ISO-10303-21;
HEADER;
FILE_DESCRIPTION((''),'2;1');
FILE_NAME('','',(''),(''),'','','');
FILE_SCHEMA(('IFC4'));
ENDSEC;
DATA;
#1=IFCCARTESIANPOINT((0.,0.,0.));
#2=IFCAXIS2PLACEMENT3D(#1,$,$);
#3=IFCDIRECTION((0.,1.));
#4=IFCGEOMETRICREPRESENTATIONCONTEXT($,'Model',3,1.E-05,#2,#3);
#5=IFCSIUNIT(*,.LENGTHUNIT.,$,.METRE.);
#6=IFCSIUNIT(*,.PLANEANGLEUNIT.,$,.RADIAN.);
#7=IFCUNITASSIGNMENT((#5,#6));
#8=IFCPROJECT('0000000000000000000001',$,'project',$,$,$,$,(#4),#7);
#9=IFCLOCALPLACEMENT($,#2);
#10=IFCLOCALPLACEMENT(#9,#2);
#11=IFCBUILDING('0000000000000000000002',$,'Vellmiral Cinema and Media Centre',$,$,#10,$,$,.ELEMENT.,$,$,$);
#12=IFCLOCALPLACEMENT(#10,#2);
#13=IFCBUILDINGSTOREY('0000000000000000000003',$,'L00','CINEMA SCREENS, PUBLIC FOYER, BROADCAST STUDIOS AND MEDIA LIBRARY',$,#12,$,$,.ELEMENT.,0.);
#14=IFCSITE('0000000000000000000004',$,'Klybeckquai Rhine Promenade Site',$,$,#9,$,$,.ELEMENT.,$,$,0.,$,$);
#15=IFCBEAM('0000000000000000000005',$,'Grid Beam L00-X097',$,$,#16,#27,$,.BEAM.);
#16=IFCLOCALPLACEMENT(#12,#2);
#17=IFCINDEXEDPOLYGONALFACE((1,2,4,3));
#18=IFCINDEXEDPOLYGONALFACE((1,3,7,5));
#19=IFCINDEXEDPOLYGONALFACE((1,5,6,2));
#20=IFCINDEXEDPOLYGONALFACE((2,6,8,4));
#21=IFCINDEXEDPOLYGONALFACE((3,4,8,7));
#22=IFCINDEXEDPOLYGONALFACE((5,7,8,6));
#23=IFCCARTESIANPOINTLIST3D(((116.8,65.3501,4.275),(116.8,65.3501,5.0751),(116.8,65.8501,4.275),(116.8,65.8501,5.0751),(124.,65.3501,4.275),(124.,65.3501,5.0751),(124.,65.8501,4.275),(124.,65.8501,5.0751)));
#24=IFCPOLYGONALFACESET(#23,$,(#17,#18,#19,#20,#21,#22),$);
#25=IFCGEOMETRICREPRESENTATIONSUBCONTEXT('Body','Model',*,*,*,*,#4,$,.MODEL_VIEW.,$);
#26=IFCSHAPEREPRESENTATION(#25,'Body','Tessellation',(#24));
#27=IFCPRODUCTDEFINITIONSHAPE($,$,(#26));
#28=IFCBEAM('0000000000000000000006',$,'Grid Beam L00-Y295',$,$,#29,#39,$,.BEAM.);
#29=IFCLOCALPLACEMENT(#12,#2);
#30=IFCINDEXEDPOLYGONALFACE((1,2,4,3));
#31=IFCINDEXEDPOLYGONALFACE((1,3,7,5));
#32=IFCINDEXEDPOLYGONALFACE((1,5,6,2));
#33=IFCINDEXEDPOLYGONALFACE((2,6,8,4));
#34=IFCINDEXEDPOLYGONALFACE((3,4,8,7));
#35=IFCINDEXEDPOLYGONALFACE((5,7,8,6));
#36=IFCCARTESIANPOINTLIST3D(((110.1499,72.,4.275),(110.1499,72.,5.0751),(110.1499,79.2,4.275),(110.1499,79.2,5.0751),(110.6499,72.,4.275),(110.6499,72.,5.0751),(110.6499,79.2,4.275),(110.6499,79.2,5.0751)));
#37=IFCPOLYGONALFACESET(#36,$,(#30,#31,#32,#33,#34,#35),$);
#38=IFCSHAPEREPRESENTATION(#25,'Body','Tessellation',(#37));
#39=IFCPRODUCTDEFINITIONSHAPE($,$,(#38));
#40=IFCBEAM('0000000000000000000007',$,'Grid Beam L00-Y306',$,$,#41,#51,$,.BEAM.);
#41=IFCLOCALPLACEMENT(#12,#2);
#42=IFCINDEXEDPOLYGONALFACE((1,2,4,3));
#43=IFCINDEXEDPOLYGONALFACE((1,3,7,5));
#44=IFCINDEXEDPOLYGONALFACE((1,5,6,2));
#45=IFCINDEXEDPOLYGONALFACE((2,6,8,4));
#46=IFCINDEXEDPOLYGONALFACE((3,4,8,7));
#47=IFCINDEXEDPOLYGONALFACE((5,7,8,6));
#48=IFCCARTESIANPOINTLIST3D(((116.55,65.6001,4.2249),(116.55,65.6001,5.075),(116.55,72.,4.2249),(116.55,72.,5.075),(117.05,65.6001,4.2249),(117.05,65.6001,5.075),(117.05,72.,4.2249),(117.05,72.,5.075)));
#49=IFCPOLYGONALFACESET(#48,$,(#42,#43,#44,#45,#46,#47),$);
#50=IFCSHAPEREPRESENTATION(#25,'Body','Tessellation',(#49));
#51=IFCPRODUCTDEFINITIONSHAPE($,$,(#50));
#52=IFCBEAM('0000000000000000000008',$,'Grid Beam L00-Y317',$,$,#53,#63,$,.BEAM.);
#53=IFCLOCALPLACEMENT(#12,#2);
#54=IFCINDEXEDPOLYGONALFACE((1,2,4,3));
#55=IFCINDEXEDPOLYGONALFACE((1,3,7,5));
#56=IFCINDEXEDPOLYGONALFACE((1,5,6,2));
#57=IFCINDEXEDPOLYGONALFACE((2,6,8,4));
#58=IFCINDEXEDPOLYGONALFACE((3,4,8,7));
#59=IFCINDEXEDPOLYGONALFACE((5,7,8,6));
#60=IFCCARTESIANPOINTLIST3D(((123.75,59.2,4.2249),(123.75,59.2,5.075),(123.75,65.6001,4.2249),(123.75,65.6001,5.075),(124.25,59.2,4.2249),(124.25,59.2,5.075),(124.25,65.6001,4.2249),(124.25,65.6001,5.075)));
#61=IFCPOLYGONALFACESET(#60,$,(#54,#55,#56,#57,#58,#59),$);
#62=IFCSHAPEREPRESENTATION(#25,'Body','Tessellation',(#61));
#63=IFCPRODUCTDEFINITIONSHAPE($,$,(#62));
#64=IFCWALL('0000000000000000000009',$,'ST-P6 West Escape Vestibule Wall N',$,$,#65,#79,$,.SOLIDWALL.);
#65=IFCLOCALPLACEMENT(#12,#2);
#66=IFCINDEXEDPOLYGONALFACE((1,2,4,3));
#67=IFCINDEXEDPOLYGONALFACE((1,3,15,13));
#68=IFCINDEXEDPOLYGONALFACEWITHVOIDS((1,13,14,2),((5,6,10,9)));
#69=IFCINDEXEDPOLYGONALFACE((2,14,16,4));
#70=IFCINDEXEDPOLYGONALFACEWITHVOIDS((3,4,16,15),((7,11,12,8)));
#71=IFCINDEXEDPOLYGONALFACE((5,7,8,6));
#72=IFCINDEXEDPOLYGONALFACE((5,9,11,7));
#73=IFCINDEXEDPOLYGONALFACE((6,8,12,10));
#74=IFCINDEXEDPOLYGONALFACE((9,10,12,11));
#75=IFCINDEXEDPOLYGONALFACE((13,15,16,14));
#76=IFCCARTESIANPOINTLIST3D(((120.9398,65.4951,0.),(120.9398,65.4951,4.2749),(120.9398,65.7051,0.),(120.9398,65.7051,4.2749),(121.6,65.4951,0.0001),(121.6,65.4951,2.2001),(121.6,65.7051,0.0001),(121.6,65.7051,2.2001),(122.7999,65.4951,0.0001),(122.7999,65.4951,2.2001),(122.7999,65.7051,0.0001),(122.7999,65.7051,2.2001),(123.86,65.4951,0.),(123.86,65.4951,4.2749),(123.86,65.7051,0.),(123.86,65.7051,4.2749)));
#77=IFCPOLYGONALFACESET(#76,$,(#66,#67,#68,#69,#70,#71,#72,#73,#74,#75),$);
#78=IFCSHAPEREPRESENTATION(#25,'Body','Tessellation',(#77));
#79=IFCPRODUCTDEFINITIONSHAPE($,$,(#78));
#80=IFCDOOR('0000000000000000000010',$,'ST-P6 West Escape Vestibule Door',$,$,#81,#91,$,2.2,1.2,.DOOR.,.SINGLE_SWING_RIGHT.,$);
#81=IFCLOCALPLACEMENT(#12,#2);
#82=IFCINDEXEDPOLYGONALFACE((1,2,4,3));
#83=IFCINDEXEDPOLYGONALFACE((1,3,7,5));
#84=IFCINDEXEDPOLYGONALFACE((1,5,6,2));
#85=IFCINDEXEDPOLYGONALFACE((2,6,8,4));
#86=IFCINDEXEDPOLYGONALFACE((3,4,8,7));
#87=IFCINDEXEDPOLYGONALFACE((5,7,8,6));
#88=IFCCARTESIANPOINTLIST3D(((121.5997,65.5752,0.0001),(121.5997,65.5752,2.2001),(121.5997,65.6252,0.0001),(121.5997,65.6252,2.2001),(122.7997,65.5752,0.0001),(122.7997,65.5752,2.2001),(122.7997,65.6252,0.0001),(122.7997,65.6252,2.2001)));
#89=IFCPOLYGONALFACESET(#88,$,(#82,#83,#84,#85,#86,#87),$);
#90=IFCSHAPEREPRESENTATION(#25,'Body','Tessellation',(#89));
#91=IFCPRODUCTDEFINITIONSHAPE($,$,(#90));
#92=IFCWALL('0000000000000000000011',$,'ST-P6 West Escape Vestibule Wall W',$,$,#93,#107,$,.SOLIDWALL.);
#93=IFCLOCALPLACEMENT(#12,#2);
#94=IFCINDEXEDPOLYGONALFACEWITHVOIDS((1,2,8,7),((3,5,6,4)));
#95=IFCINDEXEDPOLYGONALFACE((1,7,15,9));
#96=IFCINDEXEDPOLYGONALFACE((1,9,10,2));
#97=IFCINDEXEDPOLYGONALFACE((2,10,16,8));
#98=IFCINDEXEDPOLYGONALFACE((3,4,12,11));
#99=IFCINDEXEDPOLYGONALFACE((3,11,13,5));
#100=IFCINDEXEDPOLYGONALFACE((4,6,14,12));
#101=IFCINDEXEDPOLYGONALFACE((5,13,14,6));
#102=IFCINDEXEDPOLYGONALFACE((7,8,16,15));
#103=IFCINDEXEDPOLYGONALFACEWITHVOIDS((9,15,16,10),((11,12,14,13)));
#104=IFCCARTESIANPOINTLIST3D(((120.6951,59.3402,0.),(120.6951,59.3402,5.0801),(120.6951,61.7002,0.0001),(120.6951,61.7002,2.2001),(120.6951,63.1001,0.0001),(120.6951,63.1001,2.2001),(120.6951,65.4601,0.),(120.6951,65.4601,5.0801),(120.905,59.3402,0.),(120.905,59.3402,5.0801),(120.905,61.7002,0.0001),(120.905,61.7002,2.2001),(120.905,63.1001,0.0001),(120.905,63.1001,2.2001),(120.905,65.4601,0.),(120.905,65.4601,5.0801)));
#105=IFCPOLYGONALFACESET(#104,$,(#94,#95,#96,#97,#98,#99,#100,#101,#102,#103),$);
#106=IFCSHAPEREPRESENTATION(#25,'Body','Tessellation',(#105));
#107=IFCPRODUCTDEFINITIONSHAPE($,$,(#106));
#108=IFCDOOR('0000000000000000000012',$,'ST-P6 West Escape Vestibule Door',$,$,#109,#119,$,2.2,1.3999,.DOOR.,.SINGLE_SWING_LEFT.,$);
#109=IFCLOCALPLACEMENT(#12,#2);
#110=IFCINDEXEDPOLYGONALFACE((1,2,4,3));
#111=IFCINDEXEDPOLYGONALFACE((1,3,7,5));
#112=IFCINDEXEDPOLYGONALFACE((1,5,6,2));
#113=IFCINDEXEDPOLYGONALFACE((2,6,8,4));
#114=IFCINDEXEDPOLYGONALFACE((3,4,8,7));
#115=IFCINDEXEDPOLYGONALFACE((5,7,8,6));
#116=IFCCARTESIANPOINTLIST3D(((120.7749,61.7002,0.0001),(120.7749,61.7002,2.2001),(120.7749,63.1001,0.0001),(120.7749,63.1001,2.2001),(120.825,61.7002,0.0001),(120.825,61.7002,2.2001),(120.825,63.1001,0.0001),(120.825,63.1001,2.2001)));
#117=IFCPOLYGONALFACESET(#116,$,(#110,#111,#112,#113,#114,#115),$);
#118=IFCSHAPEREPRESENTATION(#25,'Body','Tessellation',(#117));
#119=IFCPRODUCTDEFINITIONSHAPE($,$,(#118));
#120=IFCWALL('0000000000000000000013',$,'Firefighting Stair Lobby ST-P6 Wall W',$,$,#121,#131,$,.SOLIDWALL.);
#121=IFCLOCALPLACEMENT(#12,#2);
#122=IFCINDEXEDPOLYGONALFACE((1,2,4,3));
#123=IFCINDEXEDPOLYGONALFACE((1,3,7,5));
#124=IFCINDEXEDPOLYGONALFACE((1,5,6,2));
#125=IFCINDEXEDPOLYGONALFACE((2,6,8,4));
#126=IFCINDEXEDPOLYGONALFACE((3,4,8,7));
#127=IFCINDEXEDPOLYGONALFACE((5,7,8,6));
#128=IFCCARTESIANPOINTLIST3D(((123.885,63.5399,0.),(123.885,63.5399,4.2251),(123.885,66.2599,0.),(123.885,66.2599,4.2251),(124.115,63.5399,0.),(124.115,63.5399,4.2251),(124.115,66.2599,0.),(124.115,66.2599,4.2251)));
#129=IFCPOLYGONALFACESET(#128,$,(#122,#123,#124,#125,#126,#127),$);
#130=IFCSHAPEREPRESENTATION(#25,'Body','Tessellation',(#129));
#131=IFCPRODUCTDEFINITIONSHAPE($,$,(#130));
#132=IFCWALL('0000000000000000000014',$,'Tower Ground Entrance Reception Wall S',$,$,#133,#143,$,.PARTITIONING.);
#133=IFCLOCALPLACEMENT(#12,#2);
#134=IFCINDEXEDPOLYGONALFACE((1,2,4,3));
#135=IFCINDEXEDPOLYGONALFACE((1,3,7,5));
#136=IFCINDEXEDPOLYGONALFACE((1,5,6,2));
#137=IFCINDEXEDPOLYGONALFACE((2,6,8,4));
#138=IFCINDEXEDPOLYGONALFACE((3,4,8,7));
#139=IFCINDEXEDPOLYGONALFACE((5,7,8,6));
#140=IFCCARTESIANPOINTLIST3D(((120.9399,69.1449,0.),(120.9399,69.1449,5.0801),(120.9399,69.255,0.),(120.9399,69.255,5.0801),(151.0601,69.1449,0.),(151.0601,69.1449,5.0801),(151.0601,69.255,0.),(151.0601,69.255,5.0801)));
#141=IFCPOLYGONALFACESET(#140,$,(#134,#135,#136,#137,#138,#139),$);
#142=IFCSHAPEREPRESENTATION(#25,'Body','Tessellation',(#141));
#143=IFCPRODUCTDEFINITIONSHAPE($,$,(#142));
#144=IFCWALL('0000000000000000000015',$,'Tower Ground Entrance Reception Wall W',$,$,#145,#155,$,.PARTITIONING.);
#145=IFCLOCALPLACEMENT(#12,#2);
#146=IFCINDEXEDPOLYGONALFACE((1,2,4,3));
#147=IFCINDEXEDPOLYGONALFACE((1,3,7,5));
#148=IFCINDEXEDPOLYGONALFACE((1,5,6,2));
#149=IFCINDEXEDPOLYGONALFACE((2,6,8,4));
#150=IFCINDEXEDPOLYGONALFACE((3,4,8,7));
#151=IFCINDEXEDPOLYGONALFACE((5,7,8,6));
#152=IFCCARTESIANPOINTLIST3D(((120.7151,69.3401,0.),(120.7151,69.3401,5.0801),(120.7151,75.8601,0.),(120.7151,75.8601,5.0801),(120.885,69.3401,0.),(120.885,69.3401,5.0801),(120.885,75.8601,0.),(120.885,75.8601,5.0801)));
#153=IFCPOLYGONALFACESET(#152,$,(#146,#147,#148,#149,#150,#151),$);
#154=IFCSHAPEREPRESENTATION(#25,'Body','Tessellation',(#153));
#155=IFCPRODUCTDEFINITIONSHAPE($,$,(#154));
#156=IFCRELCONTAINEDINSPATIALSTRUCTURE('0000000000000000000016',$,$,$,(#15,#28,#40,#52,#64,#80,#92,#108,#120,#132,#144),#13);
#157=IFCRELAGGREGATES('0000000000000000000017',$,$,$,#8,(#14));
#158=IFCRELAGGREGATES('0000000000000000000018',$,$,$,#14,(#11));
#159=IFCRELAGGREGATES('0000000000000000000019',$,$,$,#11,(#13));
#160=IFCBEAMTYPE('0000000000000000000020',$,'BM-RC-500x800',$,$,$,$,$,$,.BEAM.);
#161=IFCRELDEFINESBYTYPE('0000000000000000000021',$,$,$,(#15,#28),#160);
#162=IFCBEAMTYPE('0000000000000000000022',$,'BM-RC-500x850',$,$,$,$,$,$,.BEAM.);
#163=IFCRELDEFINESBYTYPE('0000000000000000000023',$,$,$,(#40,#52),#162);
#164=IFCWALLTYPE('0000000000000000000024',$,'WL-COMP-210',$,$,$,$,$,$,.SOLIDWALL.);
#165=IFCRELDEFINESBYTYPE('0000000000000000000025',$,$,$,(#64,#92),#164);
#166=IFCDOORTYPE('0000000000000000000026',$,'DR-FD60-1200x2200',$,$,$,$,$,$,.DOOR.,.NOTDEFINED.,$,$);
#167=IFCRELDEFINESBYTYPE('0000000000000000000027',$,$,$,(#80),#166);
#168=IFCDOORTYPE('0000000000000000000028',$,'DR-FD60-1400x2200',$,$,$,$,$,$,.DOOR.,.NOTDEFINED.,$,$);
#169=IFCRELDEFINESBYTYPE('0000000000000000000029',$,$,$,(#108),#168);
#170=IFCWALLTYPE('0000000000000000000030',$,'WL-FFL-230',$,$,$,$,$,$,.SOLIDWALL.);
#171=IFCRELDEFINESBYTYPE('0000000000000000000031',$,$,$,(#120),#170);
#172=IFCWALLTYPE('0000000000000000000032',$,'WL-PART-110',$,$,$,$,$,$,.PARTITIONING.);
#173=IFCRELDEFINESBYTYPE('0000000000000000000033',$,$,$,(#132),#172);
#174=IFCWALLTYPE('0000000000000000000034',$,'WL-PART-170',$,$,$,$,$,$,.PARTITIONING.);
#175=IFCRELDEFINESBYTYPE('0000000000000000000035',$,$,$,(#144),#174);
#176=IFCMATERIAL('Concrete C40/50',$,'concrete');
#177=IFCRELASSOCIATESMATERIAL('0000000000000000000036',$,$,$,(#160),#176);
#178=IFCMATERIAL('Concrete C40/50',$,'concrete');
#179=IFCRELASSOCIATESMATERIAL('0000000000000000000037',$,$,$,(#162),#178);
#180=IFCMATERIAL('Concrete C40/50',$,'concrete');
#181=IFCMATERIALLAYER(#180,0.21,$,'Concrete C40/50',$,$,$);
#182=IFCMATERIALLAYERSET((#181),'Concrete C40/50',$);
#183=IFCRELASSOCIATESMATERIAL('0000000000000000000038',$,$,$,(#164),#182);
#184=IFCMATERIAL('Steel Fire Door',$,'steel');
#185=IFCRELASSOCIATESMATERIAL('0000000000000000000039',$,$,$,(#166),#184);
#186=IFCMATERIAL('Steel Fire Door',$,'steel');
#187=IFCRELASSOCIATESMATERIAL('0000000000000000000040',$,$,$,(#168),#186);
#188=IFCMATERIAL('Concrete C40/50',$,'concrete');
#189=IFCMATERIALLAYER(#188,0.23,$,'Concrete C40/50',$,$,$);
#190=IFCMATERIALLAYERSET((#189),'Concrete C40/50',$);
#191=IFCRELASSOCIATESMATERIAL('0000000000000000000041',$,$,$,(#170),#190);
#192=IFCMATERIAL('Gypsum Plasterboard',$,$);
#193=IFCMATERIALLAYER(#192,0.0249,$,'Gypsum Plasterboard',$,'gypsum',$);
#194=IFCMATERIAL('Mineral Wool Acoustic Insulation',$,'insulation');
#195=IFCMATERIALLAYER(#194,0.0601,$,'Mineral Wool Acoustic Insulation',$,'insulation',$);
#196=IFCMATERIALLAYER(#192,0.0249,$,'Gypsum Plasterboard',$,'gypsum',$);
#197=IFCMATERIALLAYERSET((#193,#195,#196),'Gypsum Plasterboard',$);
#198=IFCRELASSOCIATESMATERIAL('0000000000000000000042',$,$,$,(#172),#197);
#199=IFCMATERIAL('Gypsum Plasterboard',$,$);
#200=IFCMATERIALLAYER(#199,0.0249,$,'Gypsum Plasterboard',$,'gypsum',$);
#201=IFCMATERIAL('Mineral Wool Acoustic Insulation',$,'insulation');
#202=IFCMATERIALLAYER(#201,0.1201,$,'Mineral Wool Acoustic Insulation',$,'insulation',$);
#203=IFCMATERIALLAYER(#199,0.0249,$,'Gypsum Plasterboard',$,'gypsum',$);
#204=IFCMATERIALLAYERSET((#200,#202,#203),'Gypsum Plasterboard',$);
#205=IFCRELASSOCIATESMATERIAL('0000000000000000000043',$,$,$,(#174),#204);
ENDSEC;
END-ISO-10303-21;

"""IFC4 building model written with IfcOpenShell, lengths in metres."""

from ifc_helpers import new_model, si_unit, direction, frame, frame_2d, origin, origin_2d, place, context, subcontext, project, spatial, rectangle, extrude, material, layer, layer_set, material_profile, profile_set, type_object, element, fill, save


model = new_model("IFC4")

# Units and contexts
model_context = context("Model", 3, precision=1e-05, world=origin(), true_north=direction((0.0, 1.0)))
body_context = subcontext(model_context, "Body", "Model", "MODEL_VIEW")
ifc_project = project(units=[si_unit("LENGTHUNIT", "METRE"), si_unit("PLANEANGLEUNIT", "RADIAN")], contexts=[model_context])

# Site, building, storey
site_placement = place(None, origin())
site = spatial("IfcSite", under=ifc_project, at=site_placement, Name="Klybeckquai Rhine Promenade Site", CompositionType="ELEMENT", RefElevation=0.0)
building_placement = place(site_placement, origin())
building = spatial("IfcBuilding", under=site, at=building_placement, Name="Vellmiral Cinema and Media Centre", CompositionType="ELEMENT")
storey_placement = place(building_placement, origin())
storey = spatial("IfcBuildingStorey", under=building, at=storey_placement, Name="L00", Description="CINEMA SCREENS, PUBLIC FOYER, BROADCAST STUDIOS AND MEDIA LIBRARY", CompositionType="ELEMENT", Elevation=0.0)

# Beams
ifc_material_1 = material(Name="Concrete C40/50", Category="concrete")
ifc_material_profile_1 = material_profile(ifc_material_1, rectangle(XDim=0.5, YDim=0.8, at=origin_2d()), Name="RC 500x800")
ifc_profile_set_1 = profile_set([ifc_material_profile_1], Name="Concrete C40/50")
beam_type_1 = type_object("IfcBeamType", Name="BM-RC-500x800", PredefinedType="BEAM", material=ifc_profile_set_1)
for number, where, z_axis, x_axis, name in (
    (1, (116.8, 65.6001, 4.675), (1.0, 0.0, 0.0), (0.0, 1.0, 0.0), "Grid Beam L00-X097"),
    (2, (110.3999, 72.0, 4.675), (0.0, 1.0, 0.0), (-1.0, 0.0, 0.0), "Grid Beam L00-Y295"),
):
    element("IfcBeam", number, at=place(storey_placement, frame(where, z_axis=z_axis, x_axis=x_axis)), inside=storey, type_object=beam_type_1, Name=name, PredefinedType="BEAM", context=body_context, shape_type="SweptSolid", body=[
        extrude(rectangle(XDim=0.5, YDim=0.8, at=origin_2d()), origin(), (0.0, 0.0, 1.0), 7.2),
    ])
ifc_material_2 = material(Name="Concrete C40/50", Category="concrete")
ifc_material_profile_2 = material_profile(ifc_material_2, rectangle(XDim=0.5, YDim=0.8501, at=origin_2d()), Name="RC 500x850")
ifc_profile_set_2 = profile_set([ifc_material_profile_2], Name="Concrete C40/50")
beam_type_2 = type_object("IfcBeamType", Name="BM-RC-500x850", PredefinedType="BEAM", material=ifc_profile_set_2)
beam_1_placement = place(storey_placement, frame((116.8, 65.6001, 4.6499), z_axis=(0.0, 1.0, 0.0), x_axis=(-1.0, 0.0, 0.0)))
element("IfcBeam", 3, at=beam_1_placement, inside=storey, type_object=beam_type_2, Name="Grid Beam L00-Y306", PredefinedType="BEAM", context=body_context, shape_type="SweptSolid", body=[
    extrude(rectangle(XDim=0.5, YDim=0.8501, at=origin_2d()), origin(), (0.0, 0.0, 1.0), 6.3999),
])
beam_2_placement = place(storey_placement, frame((124.0, 59.2, 4.6499), z_axis=(0.0, 1.0, 0.0), x_axis=(-1.0, 0.0, 0.0)))
element("IfcBeam", 4, at=beam_2_placement, inside=storey, type_object=beam_type_2, Name="Grid Beam L00-Y317", PredefinedType="BEAM", context=body_context, shape_type="SweptSolid", body=[
    extrude(rectangle(XDim=0.5, YDim=0.8501, at=origin_2d()), origin(), (0.0, 0.0, 1.0), 6.4001),
])

# Walls, openings, doors
ifc_material_3 = material(Name="Concrete C40/50", Category="concrete")
ifc_layer_1 = layer(ifc_material_3, 0.21, Name="Concrete C40/50")
ifc_layer_set_1 = layer_set([ifc_layer_1], Name="Concrete C40/50")
wall_type_1 = type_object("IfcWallType", Name="WL-COMP-210", PredefinedType="SOLIDWALL", material=ifc_layer_set_1)
wall_1_placement = place(storey_placement, frame((120.9399, 65.6001, 0.0), z_axis=(0.0, 0.0, 1.0), x_axis=(1.0, 0.0, 0.0)))
wall_1 = element("IfcWall", 5, at=wall_1_placement, inside=storey, type_object=wall_type_1, Name="ST-P6 West Escape Vestibule Wall N", PredefinedType="SOLIDWALL", context=body_context, shape_type="SweptSolid", body=[
    extrude(rectangle(XDim=2.9202, YDim=0.21, at=frame_2d((1.46, 0.0))), origin(), (0.0, 0.0, 1.0), 4.2749),
])
opening_1_placement = place(wall_1_placement, frame((0.6599, 0.0, 0.0)))
opening_1 = element("IfcOpeningElement", 6, at=opening_1_placement, cuts=wall_1, PredefinedType="OPENING", context=body_context, shape_type="SweptSolid", body=[
    extrude(rectangle(XDim=1.2, YDim=2.2, at=frame_2d((0.6001, 1.1001))), frame((0.0, 0.1169, 0.0), z_axis=(0.0, -1.0, 0.0), x_axis=(1.0, 0.0, 0.0)), (0.0, 0.0, 1.0), 0.2339),
])
ifc_material_4 = material(Name="Steel Fire Door", Category="steel")
door_type_1 = type_object("IfcDoorType", Name="DR-FD60-1200x2200", OperationType="NOTDEFINED", PredefinedType="DOOR", material=ifc_material_4)
door_1_placement = place(opening_1_placement, frame((1.2, 0.0, 0.0), z_axis=(0.0, 0.0, 1.0), x_axis=(-1.0, 0.0, 0.0)))
door_1 = element("IfcDoor", 7, at=door_1_placement, inside=storey, type_object=door_type_1, Name="ST-P6 West Escape Vestibule Door", OperationType="SINGLE_SWING_RIGHT", OverallHeight=2.2, OverallWidth=1.2, PredefinedType="DOOR", context=body_context, shape_type="SweptSolid", body=[
    extrude(rectangle(XDim=1.2, YDim=2.2, at=frame_2d((0.6001, 1.1001))), frame((0.0, 0.0249, 0.0), z_axis=(0.0, -1.0, 0.0), x_axis=(1.0, 0.0, 0.0)), (0.0, 0.0, 1.0), 0.05),
])
fill(opening_1, door_1)
wall_2_placement = place(storey_placement, frame((120.8, 59.3401, 0.0), z_axis=(0.0, 0.0, 1.0), x_axis=(0.0, 1.0, 0.0)))
wall_2 = element("IfcWall", 8, at=wall_2_placement, inside=storey, type_object=wall_type_1, Name="ST-P6 West Escape Vestibule Wall W", PredefinedType="SOLIDWALL", context=body_context, shape_type="SweptSolid", body=[
    extrude(rectangle(XDim=6.1199, YDim=0.21, at=frame_2d((3.0601, 0.0))), origin(), (0.0, 0.0, 1.0), 5.0801),
])
opening_2_placement = place(wall_2_placement, frame((2.3601, 0.0, 0.0)))
opening_2 = element("IfcOpeningElement", 9, at=opening_2_placement, cuts=wall_2, PredefinedType="OPENING", context=body_context, shape_type="SweptSolid", body=[
    extrude(rectangle(XDim=1.3999, YDim=2.2, at=frame_2d((0.7, 1.1001))), frame((0.0, 0.1169, 0.0), z_axis=(0.0, -1.0, 0.0), x_axis=(1.0, 0.0, 0.0)), (0.0, 0.0, 1.0), 0.2339),
])
ifc_material_5 = material(Name="Steel Fire Door", Category="steel")
door_type_2 = type_object("IfcDoorType", Name="DR-FD60-1400x2200", OperationType="NOTDEFINED", PredefinedType="DOOR", material=ifc_material_5)
door_2_placement = place(opening_2_placement, frame((1.3999, 0.0, 0.0), z_axis=(0.0, 0.0, 1.0), x_axis=(-1.0, 0.0, 0.0)))
door_2 = element("IfcDoor", 10, at=door_2_placement, inside=storey, type_object=door_type_2, Name="ST-P6 West Escape Vestibule Door", OperationType="SINGLE_SWING_LEFT", OverallHeight=2.2, OverallWidth=1.3999, PredefinedType="DOOR", context=body_context, shape_type="SweptSolid", body=[
    extrude(rectangle(XDim=1.3999, YDim=2.2, at=frame_2d((0.7, 1.1001))), frame((0.0, 0.0249, 0.0), z_axis=(0.0, -1.0, 0.0), x_axis=(1.0, 0.0, 0.0)), (0.0, 0.0, 1.0), 0.05),
])
fill(opening_2, door_2)

# Walls
ifc_material_6 = material(Name="Concrete C40/50", Category="concrete")
ifc_layer_2 = layer(ifc_material_6, 0.23, Name="Concrete C40/50")
ifc_layer_set_2 = layer_set([ifc_layer_2], Name="Concrete C40/50")
wall_type_2 = type_object("IfcWallType", Name="WL-FFL-230", PredefinedType="SOLIDWALL", material=ifc_layer_set_2)
wall_3_placement = place(storey_placement, frame((124.0, 63.54, 0.0), z_axis=(0.0, 0.0, 1.0), x_axis=(0.0, 1.0, 0.0)))
element("IfcWall", 11, at=wall_3_placement, inside=storey, type_object=wall_type_2, Name="Firefighting Stair Lobby ST-P6 Wall W", PredefinedType="SOLIDWALL", context=body_context, shape_type="SweptSolid", body=[
    extrude(rectangle(XDim=2.72, YDim=0.23, at=frame_2d((1.3599, 0.0))), origin(), (0.0, 0.0, 1.0), 4.2251),
])
ifc_material_7 = material(Name="Gypsum Plasterboard")
ifc_layer_3 = layer(ifc_material_7, 0.0249, Name="Gypsum Plasterboard", Category="gypsum")
ifc_material_8 = material(Name="Mineral Wool Acoustic Insulation", Category="insulation")
ifc_layer_4 = layer(ifc_material_8, 0.0601, Name="Mineral Wool Acoustic Insulation", Category="insulation")
ifc_layer_5 = layer(ifc_material_7, 0.0249, Name="Gypsum Plasterboard", Category="gypsum")
ifc_layer_set_3 = layer_set([ifc_layer_3, ifc_layer_4, ifc_layer_5], Name="Gypsum Plasterboard")
wall_type_3 = type_object("IfcWallType", Name="WL-PART-110", PredefinedType="PARTITIONING", material=ifc_layer_set_3)
wall_4_placement = place(storey_placement, frame((120.9399, 69.2, 0.0), z_axis=(0.0, 0.0, 1.0), x_axis=(1.0, 0.0, 0.0)))
element("IfcWall", 12, at=wall_4_placement, inside=storey, type_object=wall_type_3, Name="Tower Ground Entrance Reception Wall S", PredefinedType="PARTITIONING", context=body_context, shape_type="SweptSolid", body=[
    extrude(rectangle(XDim=30.1201, YDim=0.1101, at=frame_2d((15.0601, 0.0))), origin(), (0.0, 0.0, 1.0), 5.0801),
])
ifc_material_9 = material(Name="Gypsum Plasterboard")
ifc_layer_6 = layer(ifc_material_9, 0.0249, Name="Gypsum Plasterboard", Category="gypsum")
ifc_material_10 = material(Name="Mineral Wool Acoustic Insulation", Category="insulation")
ifc_layer_7 = layer(ifc_material_10, 0.1201, Name="Mineral Wool Acoustic Insulation", Category="insulation")
ifc_layer_8 = layer(ifc_material_9, 0.0249, Name="Gypsum Plasterboard", Category="gypsum")
ifc_layer_set_4 = layer_set([ifc_layer_6, ifc_layer_7, ifc_layer_8], Name="Gypsum Plasterboard")
wall_type_4 = type_object("IfcWallType", Name="WL-PART-170", PredefinedType="PARTITIONING", material=ifc_layer_set_4)
wall_5_placement = place(storey_placement, frame((120.8, 69.3401, 0.0), z_axis=(0.0, 0.0, 1.0), x_axis=(0.0, 1.0, 0.0)))
element("IfcWall", 13, at=wall_5_placement, inside=storey, type_object=wall_type_4, Name="Tower Ground Entrance Reception Wall W", PredefinedType="PARTITIONING", context=body_context, shape_type="SweptSolid", body=[
    extrude(rectangle(XDim=6.52, YDim=0.1699, at=frame_2d((3.26, 0.0))), origin(), (0.0, 0.0, 1.0), 5.0801),
])

save(model, "model.ifc")
